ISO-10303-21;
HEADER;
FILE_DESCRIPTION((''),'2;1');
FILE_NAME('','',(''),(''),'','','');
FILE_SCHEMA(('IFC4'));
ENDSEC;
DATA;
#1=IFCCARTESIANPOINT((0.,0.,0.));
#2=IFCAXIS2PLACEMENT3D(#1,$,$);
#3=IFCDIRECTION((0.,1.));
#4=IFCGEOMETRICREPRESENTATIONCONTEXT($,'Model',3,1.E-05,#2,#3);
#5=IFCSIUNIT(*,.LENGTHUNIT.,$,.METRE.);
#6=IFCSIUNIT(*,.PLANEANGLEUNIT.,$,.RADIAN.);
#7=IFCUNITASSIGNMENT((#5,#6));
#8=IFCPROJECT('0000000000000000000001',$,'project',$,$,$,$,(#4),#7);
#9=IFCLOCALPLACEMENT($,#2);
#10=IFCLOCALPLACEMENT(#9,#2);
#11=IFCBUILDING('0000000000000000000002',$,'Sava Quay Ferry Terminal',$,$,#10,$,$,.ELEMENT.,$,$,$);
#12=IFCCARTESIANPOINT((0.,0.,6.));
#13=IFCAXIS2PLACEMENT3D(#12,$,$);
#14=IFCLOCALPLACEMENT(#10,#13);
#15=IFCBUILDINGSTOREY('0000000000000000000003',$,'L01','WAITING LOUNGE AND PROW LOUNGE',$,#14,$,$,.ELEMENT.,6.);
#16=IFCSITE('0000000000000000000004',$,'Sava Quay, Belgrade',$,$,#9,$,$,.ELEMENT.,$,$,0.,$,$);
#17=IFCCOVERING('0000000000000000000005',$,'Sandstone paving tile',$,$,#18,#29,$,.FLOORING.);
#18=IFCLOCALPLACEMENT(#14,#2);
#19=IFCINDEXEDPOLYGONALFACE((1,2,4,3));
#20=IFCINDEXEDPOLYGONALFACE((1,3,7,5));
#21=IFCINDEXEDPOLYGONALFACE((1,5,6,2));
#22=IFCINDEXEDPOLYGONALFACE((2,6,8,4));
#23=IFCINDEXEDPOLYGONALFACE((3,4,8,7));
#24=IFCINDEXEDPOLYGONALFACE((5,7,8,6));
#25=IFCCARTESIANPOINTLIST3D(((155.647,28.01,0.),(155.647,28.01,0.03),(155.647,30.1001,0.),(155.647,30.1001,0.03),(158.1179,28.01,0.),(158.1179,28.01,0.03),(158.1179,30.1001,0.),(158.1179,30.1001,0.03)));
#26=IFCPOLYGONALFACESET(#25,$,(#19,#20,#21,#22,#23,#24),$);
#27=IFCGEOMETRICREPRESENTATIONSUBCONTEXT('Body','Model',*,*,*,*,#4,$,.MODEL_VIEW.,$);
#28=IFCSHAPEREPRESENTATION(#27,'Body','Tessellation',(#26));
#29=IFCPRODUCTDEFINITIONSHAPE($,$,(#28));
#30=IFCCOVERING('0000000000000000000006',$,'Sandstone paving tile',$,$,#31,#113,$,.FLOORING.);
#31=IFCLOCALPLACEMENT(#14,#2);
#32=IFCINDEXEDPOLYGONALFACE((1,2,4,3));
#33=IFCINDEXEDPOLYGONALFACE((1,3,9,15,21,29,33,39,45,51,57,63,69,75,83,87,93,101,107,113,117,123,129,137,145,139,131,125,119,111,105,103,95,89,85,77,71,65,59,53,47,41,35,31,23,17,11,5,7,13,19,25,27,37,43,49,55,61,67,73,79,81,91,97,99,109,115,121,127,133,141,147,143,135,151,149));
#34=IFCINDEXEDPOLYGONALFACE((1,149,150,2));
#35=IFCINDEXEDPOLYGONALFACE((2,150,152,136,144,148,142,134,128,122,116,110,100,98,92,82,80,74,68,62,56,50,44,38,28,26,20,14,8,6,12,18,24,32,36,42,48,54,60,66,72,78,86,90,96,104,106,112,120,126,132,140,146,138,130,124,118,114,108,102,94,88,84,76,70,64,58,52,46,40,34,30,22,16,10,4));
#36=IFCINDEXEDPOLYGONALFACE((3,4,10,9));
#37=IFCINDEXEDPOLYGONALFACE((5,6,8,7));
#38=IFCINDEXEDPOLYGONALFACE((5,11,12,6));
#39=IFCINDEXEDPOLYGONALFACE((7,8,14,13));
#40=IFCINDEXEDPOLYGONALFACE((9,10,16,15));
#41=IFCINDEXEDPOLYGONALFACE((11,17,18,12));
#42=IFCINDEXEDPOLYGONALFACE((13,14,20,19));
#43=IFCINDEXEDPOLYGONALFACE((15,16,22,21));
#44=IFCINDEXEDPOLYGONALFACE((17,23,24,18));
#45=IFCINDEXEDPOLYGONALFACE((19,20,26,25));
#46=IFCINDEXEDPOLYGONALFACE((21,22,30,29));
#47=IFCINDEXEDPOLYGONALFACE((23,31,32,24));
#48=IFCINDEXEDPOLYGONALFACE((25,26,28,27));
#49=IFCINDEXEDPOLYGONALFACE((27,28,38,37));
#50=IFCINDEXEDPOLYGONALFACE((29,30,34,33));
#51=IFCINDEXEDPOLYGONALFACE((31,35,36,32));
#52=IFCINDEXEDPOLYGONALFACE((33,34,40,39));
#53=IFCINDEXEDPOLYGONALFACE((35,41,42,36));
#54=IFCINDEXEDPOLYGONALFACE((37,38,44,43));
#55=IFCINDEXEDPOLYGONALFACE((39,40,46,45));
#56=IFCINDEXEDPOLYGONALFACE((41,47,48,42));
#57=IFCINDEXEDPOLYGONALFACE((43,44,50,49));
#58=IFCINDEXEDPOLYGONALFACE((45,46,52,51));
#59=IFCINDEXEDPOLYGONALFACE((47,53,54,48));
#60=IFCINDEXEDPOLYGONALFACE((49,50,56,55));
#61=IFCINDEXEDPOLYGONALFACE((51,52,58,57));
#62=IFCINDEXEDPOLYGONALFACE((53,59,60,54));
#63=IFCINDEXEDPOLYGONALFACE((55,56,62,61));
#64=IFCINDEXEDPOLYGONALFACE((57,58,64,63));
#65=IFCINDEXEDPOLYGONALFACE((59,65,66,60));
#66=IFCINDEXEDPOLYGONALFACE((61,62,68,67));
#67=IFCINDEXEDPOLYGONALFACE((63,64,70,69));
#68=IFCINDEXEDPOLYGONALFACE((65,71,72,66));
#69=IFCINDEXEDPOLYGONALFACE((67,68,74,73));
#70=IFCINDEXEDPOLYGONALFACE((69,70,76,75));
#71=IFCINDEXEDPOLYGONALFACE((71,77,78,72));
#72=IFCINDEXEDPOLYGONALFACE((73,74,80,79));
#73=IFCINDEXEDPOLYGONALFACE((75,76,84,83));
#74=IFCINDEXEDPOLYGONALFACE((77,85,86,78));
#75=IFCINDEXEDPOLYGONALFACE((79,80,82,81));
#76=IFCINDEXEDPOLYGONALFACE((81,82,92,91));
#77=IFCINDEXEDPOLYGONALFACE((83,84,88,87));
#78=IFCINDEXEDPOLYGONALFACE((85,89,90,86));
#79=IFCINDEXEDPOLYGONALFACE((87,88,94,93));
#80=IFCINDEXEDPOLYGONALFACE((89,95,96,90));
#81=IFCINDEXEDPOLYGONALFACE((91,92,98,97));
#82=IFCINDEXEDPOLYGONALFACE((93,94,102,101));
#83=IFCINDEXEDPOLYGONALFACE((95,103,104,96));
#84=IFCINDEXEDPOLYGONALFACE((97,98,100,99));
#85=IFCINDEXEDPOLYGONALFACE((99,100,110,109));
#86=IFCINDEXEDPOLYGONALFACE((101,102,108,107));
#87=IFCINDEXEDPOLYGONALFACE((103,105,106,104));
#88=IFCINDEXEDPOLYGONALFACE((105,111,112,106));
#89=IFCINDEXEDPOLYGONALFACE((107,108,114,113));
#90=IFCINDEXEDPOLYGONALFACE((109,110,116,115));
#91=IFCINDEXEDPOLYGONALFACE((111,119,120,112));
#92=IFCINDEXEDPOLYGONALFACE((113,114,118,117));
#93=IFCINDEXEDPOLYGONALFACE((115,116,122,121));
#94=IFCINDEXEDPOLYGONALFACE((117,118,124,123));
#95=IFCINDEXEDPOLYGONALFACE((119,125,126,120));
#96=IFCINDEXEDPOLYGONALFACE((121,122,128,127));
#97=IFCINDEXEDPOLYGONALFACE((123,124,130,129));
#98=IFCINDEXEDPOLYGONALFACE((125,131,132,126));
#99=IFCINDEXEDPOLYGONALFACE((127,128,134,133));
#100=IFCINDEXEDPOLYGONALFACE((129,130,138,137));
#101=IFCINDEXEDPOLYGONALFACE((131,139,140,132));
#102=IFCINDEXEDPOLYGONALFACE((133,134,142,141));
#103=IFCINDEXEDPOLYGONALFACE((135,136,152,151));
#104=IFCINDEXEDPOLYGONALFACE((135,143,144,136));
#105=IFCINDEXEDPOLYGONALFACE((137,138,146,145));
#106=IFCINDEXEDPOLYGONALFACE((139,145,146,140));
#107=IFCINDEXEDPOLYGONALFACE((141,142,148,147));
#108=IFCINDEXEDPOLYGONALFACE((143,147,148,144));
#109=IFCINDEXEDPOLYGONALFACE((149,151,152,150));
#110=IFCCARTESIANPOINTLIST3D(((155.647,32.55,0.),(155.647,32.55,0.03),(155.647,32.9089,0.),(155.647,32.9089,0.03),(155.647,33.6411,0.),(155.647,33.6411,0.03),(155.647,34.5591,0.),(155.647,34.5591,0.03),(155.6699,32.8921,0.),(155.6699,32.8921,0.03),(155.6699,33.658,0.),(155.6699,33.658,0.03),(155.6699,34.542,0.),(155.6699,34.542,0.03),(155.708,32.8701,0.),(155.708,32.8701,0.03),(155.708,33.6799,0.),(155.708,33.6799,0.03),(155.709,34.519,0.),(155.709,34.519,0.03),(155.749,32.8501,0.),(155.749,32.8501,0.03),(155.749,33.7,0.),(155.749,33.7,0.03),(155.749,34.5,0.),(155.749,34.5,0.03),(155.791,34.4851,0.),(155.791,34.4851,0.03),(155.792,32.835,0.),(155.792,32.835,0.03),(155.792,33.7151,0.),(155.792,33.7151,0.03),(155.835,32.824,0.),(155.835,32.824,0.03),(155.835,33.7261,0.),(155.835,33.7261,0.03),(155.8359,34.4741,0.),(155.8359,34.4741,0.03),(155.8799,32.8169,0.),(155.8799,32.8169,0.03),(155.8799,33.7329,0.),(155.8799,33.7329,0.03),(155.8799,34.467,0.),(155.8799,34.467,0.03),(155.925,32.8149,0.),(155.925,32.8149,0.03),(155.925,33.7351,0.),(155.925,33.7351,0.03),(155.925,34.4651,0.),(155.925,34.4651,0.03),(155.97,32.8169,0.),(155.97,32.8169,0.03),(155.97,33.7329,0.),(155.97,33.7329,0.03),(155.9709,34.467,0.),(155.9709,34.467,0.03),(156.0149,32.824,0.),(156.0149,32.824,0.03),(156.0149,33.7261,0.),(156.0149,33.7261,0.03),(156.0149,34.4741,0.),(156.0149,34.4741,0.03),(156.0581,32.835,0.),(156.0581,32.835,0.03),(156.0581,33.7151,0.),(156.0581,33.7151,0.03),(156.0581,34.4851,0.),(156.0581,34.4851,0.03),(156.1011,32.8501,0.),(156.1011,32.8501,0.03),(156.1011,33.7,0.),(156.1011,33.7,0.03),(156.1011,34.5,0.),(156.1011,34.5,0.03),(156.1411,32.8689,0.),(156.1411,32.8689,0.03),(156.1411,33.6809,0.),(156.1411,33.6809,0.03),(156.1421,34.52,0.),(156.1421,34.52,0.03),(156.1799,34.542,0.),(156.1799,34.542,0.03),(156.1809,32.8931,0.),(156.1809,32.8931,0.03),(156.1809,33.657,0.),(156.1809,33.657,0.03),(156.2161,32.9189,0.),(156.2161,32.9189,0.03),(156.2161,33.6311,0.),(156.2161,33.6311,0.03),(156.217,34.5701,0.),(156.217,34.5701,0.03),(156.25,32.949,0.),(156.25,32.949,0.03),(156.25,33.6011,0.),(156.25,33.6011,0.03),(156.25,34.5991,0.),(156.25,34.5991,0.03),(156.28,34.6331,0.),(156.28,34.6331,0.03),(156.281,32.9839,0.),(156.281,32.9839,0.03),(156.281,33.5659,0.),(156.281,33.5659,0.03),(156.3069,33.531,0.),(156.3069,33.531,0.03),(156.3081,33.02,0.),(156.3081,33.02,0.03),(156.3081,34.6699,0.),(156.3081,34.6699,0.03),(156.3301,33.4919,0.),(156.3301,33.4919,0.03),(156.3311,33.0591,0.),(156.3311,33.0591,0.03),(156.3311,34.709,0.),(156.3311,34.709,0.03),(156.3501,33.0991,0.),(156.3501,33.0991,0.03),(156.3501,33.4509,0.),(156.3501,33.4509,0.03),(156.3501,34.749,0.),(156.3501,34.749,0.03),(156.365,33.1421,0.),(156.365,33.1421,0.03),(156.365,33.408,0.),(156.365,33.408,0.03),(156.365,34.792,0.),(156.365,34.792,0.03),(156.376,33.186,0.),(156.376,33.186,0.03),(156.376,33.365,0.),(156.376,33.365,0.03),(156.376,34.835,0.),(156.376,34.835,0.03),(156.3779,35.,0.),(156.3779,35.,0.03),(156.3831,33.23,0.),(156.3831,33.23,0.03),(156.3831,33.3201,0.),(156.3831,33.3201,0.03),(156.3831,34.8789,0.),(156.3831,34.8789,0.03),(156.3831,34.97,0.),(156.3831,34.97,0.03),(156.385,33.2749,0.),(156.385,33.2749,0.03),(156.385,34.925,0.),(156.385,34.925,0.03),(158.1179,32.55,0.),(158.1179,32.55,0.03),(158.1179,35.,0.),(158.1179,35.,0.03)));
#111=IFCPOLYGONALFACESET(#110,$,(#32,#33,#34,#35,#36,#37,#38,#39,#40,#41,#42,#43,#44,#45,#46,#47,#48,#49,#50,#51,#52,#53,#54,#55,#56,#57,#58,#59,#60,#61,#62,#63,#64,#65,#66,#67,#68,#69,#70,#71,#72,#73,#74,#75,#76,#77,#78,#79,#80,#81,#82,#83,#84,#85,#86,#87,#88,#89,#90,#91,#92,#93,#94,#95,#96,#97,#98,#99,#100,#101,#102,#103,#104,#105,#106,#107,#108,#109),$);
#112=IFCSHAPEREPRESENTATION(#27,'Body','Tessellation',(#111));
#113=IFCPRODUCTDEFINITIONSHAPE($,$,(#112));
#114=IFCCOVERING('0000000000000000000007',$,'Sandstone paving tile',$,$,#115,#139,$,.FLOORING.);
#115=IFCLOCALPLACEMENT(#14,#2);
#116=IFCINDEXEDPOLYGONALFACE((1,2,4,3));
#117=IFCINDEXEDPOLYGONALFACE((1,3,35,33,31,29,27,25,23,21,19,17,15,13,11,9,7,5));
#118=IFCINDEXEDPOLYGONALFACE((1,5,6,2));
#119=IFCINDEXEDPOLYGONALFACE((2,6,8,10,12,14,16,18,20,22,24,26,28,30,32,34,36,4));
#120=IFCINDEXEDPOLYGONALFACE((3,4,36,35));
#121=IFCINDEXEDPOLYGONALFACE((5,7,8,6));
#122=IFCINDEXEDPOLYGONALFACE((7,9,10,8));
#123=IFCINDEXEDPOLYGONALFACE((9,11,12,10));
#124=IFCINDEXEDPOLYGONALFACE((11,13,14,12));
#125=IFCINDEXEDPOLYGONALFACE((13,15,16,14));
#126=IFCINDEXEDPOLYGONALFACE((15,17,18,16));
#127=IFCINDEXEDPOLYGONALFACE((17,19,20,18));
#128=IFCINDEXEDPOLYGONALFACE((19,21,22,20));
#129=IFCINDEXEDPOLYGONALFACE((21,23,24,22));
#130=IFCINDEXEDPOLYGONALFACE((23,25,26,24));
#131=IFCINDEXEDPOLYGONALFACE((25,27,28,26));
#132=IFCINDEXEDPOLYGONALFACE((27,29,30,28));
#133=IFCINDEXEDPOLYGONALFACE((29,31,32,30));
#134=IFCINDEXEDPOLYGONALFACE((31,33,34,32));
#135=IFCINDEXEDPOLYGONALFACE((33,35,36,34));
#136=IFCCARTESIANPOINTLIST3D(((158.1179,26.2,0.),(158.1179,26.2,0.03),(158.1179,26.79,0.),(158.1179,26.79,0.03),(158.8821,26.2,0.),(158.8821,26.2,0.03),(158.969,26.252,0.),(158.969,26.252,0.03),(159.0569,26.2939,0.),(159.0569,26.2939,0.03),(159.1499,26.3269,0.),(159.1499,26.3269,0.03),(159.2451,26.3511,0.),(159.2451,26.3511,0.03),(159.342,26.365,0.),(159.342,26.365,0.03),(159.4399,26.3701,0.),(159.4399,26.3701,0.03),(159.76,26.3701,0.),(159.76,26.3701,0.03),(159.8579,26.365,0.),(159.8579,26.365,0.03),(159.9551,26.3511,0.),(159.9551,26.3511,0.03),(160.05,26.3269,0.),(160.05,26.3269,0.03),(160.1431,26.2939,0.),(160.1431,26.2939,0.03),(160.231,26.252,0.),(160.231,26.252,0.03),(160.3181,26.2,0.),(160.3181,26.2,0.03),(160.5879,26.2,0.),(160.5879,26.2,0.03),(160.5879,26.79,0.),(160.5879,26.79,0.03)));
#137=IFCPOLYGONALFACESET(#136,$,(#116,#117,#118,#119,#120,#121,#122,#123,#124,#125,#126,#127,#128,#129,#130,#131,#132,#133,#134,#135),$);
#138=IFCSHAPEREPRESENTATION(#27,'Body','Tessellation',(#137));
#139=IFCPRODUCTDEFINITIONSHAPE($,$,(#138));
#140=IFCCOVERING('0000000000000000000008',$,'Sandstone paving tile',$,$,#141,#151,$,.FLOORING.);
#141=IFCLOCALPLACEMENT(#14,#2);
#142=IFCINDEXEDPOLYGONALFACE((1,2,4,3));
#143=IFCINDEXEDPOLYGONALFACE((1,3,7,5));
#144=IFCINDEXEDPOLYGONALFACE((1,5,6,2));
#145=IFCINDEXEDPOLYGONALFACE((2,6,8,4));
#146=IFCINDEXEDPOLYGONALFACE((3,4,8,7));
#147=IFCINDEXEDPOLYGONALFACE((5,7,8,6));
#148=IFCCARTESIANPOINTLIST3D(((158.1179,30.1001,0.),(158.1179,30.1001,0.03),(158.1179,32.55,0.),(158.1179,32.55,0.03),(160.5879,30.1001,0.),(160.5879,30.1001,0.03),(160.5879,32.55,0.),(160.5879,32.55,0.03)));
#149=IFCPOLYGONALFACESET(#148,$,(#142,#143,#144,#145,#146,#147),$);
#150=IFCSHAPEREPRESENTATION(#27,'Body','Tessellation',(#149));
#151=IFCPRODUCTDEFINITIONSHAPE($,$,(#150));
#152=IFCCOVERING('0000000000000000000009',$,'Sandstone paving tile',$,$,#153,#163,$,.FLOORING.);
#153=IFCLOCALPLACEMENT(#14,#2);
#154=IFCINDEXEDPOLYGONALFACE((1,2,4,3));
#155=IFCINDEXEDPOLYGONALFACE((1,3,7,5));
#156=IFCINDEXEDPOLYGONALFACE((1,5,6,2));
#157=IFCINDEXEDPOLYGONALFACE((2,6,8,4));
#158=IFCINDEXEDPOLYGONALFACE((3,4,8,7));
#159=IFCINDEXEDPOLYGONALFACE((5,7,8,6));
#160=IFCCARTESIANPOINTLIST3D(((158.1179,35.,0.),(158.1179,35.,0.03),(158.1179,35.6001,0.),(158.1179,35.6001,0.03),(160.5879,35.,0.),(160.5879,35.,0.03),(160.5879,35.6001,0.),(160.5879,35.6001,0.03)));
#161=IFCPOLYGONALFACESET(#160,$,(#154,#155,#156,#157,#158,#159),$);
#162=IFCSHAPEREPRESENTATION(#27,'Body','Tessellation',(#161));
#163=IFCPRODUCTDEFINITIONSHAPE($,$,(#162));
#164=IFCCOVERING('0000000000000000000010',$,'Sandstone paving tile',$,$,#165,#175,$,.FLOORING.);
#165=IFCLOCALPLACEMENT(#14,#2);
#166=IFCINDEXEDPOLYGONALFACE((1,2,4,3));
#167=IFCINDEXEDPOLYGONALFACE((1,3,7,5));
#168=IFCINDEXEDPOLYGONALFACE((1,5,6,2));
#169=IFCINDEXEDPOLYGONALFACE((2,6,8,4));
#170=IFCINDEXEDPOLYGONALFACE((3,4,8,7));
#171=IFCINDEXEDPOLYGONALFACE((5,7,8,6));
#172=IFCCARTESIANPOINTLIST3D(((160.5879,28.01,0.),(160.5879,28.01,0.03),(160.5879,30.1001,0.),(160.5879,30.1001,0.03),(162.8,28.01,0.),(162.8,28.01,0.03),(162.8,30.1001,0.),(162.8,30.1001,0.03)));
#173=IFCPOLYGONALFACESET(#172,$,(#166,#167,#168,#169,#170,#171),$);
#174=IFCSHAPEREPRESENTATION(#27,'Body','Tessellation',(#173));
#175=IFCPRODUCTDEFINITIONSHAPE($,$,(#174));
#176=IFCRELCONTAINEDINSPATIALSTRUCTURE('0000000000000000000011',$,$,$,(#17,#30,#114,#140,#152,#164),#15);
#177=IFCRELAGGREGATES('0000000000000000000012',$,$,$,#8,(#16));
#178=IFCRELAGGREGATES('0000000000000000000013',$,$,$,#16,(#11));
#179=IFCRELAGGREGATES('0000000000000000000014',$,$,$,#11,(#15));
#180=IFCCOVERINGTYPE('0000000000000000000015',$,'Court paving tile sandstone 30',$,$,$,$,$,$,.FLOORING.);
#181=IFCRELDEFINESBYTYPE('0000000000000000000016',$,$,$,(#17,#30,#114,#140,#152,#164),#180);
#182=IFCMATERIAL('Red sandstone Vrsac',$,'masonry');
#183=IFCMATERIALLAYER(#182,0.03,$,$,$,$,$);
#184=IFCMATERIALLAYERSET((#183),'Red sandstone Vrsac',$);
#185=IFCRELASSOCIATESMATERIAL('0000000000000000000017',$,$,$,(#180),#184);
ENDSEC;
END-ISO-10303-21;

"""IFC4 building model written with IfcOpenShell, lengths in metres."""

from ifc_helpers import new_model, si_unit, direction, frame, origin, place, context, subcontext, project, spatial, polyline, outline, extrude, material, layer, layer_set, type_object, element, save


model = new_model("IFC4")

# Units and contexts
model_context = context("Model", 3, precision=1e-05, world=origin(), true_north=direction((0.0, 1.0)))
body_context = subcontext(model_context, "Body", "Model", "MODEL_VIEW")
ifc_project = project(units=[si_unit("LENGTHUNIT", "METRE"), si_unit("PLANEANGLEUNIT", "RADIAN")], contexts=[model_context])

# Site, building, storey
site_placement = place(None, origin())
site = spatial("IfcSite", under=ifc_project, at=site_placement, Name="Sava Quay, Belgrade", CompositionType="ELEMENT", RefElevation=0.0)
building_placement = place(site_placement, origin())
building = spatial("IfcBuilding", under=site, at=building_placement, Name="Sava Quay Ferry Terminal", CompositionType="ELEMENT")
storey_placement = place(building_placement, frame((0.0, 0.0, 6.0)))
storey = spatial("IfcBuildingStorey", under=building, at=storey_placement, Name="L01", Description="WAITING LOUNGE AND PROW LOUNGE", CompositionType="ELEMENT", Elevation=6.0)

# Coverings
ifc_material_1 = material(Name="Red sandstone Vrsac", Category="masonry")
ifc_layer_1 = layer(ifc_material_1, 0.03)
ifc_layer_set_1 = layer_set([ifc_layer_1], Name="Red sandstone Vrsac")
covering_type_1 = type_object("IfcCoveringType", Name="Court paving tile sandstone 30", PredefinedType="FLOORING", material=ifc_layer_set_1)
covering_1_placement = place(storey_placement, origin())
element("IfcCovering", 1, at=covering_1_placement, inside=storey, type_object=covering_type_1, Name="Sandstone paving tile", PredefinedType="FLOORING", context=body_context, shape_type="SweptSolid", body=[
    extrude(outline(polyline([(155.647, 30.1001), (155.647, 28.01), (158.1179, 28.01), (158.1179, 30.1001), (155.647, 30.1001)])), origin(), (0.0, 0.0, 1.0), 0.03),
])
covering_2_placement = place(storey_placement, origin())
element("IfcCovering", 2, at=covering_2_placement, inside=storey, type_object=covering_type_1, Name="Sandstone paving tile", PredefinedType="FLOORING", context=body_context, shape_type="SweptSolid", body=[
    extrude(outline(polyline([(158.1179, 35.0), (156.3779, 35.0), (156.3831, 34.97), (156.385, 34.925), (156.3831, 34.8789), (156.376, 34.835), (156.365, 34.792), (156.3501, 34.749), (156.3311, 34.709), (156.3081, 34.6699), (156.28, 34.6331), (156.25, 34.5991), (156.217, 34.5701), (156.1799, 34.542), (156.1421, 34.52), (156.1011, 34.5), (156.0581, 34.4851), (156.0149, 34.4741), (155.9709, 34.467), (155.925, 34.4651), (155.8799, 34.467), (155.8359, 34.4741), (155.791, 34.4851), (155.749, 34.5), (155.709, 34.519), (155.6699, 34.542), (155.647, 34.5591), (155.647, 33.6411), (155.6699, 33.658), (155.708, 33.6799), (155.749, 33.7), (155.792, 33.7151), (155.835, 33.7261), (155.8799, 33.7329), (155.925, 33.7351), (155.97, 33.7329), (156.0149, 33.7261), (156.0581, 33.7151), (156.1011, 33.7), (156.1411, 33.6809), (156.1809, 33.657), (156.2161, 33.6311), (156.25, 33.6011), (156.281, 33.5659), (156.3069, 33.531), (156.3301, 33.4919), (156.3501, 33.4509), (156.365, 33.408), (156.376, 33.365), (156.3831, 33.3201), (156.385, 33.2749), (156.3831, 33.23), (156.376, 33.186), (156.365, 33.1421), (156.3501, 33.0991), (156.3311, 33.0591), (156.3081, 33.02), (156.281, 32.9839), (156.25, 32.949), (156.2161, 32.9189), (156.1809, 32.8931), (156.1411, 32.8689), (156.1011, 32.8501), (156.0581, 32.835), (156.0149, 32.824), (155.97, 32.8169), (155.925, 32.8149), (155.8799, 32.8169), (155.835, 32.824), (155.792, 32.835), (155.749, 32.8501), (155.708, 32.8701), (155.6699, 32.8921), (155.647, 32.9089), (155.647, 32.55), (158.1179, 32.55), (158.1179, 35.0)])), origin(), (0.0, 0.0, 1.0), 0.03),
])
covering_3_placement = place(storey_placement, origin())
element("IfcCovering", 3, at=covering_3_placement, inside=storey, type_object=covering_type_1, Name="Sandstone paving tile", PredefinedType="FLOORING", context=body_context, shape_type="SweptSolid", body=[
    extrude(outline(polyline([(160.5879, 26.2), (160.5879, 26.79), (158.1179, 26.79), (158.1179, 26.2), (158.8821, 26.2), (158.969, 26.252), (159.0569, 26.2939), (159.1499, 26.3269), (159.2451, 26.3511), (159.342, 26.365), (159.4399, 26.3701), (159.76, 26.3701), (159.8579, 26.365), (159.9551, 26.3511), (160.05, 26.3269), (160.1431, 26.2939), (160.231, 26.252), (160.3181, 26.2), (160.5879, 26.2)])), origin(), (0.0, 0.0, 1.0), 0.03),
])
covering_4_placement = place(storey_placement, origin())
element("IfcCovering", 4, at=covering_4_placement, inside=storey, type_object=covering_type_1, Name="Sandstone paving tile", PredefinedType="FLOORING", context=body_context, shape_type="SweptSolid", body=[
    extrude(outline(polyline([(158.1179, 30.1001), (160.5879, 30.1001), (160.5879, 32.55), (158.1179, 32.55), (158.1179, 30.1001)])), origin(), (0.0, 0.0, 1.0), 0.03),
])
covering_5_placement = place(storey_placement, origin())
element("IfcCovering", 5, at=covering_5_placement, inside=storey, type_object=covering_type_1, Name="Sandstone paving tile", PredefinedType="FLOORING", context=body_context, shape_type="SweptSolid", body=[
    extrude(outline(polyline([(160.5879, 35.0), (160.5879, 35.6001), (158.1179, 35.6001), (158.1179, 35.0), (160.5879, 35.0)])), origin(), (0.0, 0.0, 1.0), 0.03),
])
covering_6_placement = place(storey_placement, origin())
element("IfcCovering", 6, at=covering_6_placement, inside=storey, type_object=covering_type_1, Name="Sandstone paving tile", PredefinedType="FLOORING", context=body_context, shape_type="SweptSolid", body=[
    extrude(outline(polyline([(160.5879, 30.1001), (160.5879, 28.01), (162.8, 28.01), (162.8, 30.1001), (160.5879, 30.1001)])), origin(), (0.0, 0.0, 1.0), 0.03),
])

save(model, "model.ifc")
